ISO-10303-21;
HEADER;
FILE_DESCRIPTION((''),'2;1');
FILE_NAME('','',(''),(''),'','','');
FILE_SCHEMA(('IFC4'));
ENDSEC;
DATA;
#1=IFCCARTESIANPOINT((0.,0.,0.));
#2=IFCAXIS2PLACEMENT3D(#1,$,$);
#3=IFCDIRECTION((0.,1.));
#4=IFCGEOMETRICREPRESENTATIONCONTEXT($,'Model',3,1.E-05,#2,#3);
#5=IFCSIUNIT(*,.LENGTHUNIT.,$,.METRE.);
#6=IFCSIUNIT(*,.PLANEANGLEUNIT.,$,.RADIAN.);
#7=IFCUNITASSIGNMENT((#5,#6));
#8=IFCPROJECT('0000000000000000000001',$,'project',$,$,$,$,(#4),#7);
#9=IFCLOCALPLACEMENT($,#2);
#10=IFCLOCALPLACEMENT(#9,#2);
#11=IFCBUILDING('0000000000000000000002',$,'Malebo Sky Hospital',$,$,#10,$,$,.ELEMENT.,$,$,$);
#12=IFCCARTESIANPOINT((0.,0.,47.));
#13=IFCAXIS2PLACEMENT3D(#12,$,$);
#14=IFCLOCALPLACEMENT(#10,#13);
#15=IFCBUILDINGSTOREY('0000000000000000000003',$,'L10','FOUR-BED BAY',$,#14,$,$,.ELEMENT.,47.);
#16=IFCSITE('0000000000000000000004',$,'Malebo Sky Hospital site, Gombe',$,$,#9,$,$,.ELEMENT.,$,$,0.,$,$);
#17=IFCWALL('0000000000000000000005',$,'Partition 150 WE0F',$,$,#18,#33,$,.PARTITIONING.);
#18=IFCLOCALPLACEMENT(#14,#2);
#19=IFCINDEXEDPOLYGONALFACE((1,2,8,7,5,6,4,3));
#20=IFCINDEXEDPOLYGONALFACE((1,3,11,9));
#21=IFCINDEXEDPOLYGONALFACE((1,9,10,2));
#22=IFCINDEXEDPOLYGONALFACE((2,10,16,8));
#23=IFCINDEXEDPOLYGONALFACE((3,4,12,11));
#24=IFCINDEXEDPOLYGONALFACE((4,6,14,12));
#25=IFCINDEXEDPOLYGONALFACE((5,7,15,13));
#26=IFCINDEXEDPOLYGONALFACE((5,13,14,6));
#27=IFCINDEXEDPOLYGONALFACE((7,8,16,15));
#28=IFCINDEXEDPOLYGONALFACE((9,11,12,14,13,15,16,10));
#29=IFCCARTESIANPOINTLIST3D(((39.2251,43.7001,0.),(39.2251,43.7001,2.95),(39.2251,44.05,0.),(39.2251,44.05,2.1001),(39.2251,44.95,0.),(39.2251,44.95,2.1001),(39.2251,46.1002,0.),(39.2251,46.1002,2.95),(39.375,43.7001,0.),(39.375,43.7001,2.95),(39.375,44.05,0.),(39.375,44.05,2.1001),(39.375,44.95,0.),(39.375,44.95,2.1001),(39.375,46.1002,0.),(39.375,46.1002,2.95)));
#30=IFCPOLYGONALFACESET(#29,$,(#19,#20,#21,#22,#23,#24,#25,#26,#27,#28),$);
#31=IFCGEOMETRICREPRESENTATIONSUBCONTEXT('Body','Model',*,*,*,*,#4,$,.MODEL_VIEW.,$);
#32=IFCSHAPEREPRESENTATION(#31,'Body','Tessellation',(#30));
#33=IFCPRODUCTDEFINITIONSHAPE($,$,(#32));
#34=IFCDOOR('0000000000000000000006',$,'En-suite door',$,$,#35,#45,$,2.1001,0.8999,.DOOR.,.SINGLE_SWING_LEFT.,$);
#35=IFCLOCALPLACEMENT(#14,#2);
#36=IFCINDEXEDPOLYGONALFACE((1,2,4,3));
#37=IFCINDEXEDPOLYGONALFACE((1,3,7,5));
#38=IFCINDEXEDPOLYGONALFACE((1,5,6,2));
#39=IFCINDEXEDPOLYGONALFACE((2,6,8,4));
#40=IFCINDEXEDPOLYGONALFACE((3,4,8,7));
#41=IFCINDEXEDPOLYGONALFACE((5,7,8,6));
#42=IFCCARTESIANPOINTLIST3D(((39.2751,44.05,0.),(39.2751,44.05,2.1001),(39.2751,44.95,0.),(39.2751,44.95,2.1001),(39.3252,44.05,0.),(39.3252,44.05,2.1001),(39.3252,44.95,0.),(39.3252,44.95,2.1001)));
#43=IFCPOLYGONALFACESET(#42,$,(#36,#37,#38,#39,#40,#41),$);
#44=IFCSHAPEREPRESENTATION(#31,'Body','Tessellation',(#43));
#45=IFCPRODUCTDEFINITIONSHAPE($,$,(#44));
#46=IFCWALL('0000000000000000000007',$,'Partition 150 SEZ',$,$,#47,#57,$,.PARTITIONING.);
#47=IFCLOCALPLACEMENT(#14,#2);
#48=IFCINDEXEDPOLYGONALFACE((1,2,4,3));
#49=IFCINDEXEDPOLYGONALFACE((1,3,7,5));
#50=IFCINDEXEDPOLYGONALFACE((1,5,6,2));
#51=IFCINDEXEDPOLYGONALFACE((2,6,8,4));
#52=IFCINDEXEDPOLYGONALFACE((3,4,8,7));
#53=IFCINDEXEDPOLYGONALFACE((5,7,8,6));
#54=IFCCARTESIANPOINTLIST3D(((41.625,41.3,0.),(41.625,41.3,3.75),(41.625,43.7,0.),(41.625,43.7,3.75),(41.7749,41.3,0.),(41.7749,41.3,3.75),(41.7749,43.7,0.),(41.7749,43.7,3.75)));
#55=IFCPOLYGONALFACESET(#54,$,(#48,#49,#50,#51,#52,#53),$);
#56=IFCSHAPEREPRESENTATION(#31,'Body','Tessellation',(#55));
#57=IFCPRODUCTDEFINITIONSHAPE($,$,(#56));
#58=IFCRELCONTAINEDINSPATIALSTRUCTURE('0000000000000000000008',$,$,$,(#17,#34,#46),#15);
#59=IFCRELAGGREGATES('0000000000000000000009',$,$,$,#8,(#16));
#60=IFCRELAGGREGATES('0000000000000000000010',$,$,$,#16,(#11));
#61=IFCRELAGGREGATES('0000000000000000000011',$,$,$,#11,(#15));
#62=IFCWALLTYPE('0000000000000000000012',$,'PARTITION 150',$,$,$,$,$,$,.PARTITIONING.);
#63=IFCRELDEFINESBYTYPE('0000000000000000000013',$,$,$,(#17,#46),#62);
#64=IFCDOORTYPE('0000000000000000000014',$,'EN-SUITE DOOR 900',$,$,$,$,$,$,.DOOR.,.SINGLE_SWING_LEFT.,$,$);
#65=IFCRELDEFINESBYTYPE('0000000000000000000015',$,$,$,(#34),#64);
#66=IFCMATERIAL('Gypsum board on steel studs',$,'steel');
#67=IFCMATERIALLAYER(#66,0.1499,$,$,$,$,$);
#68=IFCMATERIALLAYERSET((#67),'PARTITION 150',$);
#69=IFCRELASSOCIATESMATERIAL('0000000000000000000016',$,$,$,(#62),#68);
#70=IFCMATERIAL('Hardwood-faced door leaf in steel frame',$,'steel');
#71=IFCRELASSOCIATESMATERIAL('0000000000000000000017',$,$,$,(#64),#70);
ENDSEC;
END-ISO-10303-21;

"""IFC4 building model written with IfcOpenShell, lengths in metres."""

from ifc_helpers import new_model, si_unit, direction, frame, frame_2d, origin, place, context, subcontext, project, spatial, rectangle, extrude, material, layer, layer_set, type_object, element, fill, save


model = new_model("IFC4")

# Units and contexts
model_context = context("Model", 3, precision=1e-05, world=origin(), true_north=direction((0.0, 1.0)))
body_context = subcontext(model_context, "Body", "Model", "MODEL_VIEW")
ifc_project = project(units=[si_unit("LENGTHUNIT", "METRE"), si_unit("PLANEANGLEUNIT", "RADIAN")], contexts=[model_context])

# Site, building, storey
site_placement = place(None, origin())
site = spatial("IfcSite", under=ifc_project, at=site_placement, Name="Malebo Sky Hospital site, Gombe", CompositionType="ELEMENT", RefElevation=0.0)
building_placement = place(site_placement, origin())
building = spatial("IfcBuilding", under=site, at=building_placement, Name="Malebo Sky Hospital", CompositionType="ELEMENT")
storey_placement = place(building_placement, frame((0.0, 0.0, 47.0)))
storey = spatial("IfcBuildingStorey", under=building, at=storey_placement, Name="L10", Description="FOUR-BED BAY", CompositionType="ELEMENT", Elevation=47.0)

# Shared definitions
ifc_material_1 = material(Name="Gypsum board on steel studs", Category="steel")
ifc_material_2 = material(Name="Hardwood-faced door leaf in steel frame", Category="steel")

# Shared definitions
ifc_layer_1 = layer(ifc_material_1, 0.1499)
ifc_layer_set_1 = layer_set([ifc_layer_1], Name="PARTITION 150")
wall_type_1 = type_object("IfcWallType", Name="PARTITION 150", PredefinedType="PARTITIONING", material=ifc_layer_set_1)

# Wall, opening, door
wall_1_placement = place(storey_placement, frame((39.3, 43.7, 0.0), z_axis=(0.0, 0.0, 1.0), x_axis=(0.0, 1.0, 0.0)))
wall_1 = element("IfcWall", 1, at=wall_1_placement, inside=storey, type_object=wall_type_1, Name="Partition 150 WE0F", PredefinedType="PARTITIONING", context=body_context, shape_type="SweptSolid", body=[
    extrude(rectangle(XDim=2.4001, YDim=0.1499, at=frame_2d((1.2002, 0.0))), origin(), (0.0, 0.0, 1.0), 2.95),
])
opening_1_placement = place(wall_1_placement, frame((0.3501, 0.0, 0.0)))
opening_1 = element("IfcOpeningElement", 2, at=opening_1_placement, cuts=wall_1, PredefinedType="OPENING", context=body_context, shape_type="SweptSolid", body=[
    extrude(rectangle(XDim=0.8999, YDim=2.1001, at=frame_2d((0.45, 1.05))), frame((0.0, 0.085, 0.0), z_axis=(0.0, -1.0, 0.0), x_axis=(1.0, 0.0, 0.0)), (0.0, 0.0, 1.0), 0.1699),
])
door_type_1 = type_object("IfcDoorType", Name="EN-SUITE DOOR 900", OperationType="SINGLE_SWING_LEFT", PredefinedType="DOOR", material=ifc_material_2)
door_1_placement = place(opening_1_placement, origin())
door_1 = element("IfcDoor", 3, at=door_1_placement, inside=storey, type_object=door_type_1, Name="En-suite door", OperationType="SINGLE_SWING_LEFT", OverallHeight=2.1001, OverallWidth=0.8999, PredefinedType="DOOR", context=body_context, shape_type="SweptSolid", body=[
    extrude(rectangle(XDim=0.8999, YDim=2.1001, at=frame_2d((0.45, 1.05))), frame((0.0, 0.0249, 0.0), z_axis=(0.0, -1.0, 0.0), x_axis=(1.0, 0.0, 0.0)), (0.0, 0.0, 1.0), 0.05),
])
fill(opening_1, door_1)

# Wall
wall_2_placement = place(storey_placement, frame((41.7, 43.7, 0.0), z_axis=(0.0, 0.0, 1.0), x_axis=(0.0, -1.0, 0.0)))
element("IfcWall", 4, at=wall_2_placement, inside=storey, type_object=wall_type_1, Name="Partition 150 SEZ", PredefinedType="PARTITIONING", context=body_context, shape_type="SweptSolid", body=[
    extrude(rectangle(XDim=2.3999, YDim=0.1499, at=frame_2d((1.2, 0.0))), origin(), (0.0, 0.0, 1.0), 3.75),
])

save(model, "model.ifc")
